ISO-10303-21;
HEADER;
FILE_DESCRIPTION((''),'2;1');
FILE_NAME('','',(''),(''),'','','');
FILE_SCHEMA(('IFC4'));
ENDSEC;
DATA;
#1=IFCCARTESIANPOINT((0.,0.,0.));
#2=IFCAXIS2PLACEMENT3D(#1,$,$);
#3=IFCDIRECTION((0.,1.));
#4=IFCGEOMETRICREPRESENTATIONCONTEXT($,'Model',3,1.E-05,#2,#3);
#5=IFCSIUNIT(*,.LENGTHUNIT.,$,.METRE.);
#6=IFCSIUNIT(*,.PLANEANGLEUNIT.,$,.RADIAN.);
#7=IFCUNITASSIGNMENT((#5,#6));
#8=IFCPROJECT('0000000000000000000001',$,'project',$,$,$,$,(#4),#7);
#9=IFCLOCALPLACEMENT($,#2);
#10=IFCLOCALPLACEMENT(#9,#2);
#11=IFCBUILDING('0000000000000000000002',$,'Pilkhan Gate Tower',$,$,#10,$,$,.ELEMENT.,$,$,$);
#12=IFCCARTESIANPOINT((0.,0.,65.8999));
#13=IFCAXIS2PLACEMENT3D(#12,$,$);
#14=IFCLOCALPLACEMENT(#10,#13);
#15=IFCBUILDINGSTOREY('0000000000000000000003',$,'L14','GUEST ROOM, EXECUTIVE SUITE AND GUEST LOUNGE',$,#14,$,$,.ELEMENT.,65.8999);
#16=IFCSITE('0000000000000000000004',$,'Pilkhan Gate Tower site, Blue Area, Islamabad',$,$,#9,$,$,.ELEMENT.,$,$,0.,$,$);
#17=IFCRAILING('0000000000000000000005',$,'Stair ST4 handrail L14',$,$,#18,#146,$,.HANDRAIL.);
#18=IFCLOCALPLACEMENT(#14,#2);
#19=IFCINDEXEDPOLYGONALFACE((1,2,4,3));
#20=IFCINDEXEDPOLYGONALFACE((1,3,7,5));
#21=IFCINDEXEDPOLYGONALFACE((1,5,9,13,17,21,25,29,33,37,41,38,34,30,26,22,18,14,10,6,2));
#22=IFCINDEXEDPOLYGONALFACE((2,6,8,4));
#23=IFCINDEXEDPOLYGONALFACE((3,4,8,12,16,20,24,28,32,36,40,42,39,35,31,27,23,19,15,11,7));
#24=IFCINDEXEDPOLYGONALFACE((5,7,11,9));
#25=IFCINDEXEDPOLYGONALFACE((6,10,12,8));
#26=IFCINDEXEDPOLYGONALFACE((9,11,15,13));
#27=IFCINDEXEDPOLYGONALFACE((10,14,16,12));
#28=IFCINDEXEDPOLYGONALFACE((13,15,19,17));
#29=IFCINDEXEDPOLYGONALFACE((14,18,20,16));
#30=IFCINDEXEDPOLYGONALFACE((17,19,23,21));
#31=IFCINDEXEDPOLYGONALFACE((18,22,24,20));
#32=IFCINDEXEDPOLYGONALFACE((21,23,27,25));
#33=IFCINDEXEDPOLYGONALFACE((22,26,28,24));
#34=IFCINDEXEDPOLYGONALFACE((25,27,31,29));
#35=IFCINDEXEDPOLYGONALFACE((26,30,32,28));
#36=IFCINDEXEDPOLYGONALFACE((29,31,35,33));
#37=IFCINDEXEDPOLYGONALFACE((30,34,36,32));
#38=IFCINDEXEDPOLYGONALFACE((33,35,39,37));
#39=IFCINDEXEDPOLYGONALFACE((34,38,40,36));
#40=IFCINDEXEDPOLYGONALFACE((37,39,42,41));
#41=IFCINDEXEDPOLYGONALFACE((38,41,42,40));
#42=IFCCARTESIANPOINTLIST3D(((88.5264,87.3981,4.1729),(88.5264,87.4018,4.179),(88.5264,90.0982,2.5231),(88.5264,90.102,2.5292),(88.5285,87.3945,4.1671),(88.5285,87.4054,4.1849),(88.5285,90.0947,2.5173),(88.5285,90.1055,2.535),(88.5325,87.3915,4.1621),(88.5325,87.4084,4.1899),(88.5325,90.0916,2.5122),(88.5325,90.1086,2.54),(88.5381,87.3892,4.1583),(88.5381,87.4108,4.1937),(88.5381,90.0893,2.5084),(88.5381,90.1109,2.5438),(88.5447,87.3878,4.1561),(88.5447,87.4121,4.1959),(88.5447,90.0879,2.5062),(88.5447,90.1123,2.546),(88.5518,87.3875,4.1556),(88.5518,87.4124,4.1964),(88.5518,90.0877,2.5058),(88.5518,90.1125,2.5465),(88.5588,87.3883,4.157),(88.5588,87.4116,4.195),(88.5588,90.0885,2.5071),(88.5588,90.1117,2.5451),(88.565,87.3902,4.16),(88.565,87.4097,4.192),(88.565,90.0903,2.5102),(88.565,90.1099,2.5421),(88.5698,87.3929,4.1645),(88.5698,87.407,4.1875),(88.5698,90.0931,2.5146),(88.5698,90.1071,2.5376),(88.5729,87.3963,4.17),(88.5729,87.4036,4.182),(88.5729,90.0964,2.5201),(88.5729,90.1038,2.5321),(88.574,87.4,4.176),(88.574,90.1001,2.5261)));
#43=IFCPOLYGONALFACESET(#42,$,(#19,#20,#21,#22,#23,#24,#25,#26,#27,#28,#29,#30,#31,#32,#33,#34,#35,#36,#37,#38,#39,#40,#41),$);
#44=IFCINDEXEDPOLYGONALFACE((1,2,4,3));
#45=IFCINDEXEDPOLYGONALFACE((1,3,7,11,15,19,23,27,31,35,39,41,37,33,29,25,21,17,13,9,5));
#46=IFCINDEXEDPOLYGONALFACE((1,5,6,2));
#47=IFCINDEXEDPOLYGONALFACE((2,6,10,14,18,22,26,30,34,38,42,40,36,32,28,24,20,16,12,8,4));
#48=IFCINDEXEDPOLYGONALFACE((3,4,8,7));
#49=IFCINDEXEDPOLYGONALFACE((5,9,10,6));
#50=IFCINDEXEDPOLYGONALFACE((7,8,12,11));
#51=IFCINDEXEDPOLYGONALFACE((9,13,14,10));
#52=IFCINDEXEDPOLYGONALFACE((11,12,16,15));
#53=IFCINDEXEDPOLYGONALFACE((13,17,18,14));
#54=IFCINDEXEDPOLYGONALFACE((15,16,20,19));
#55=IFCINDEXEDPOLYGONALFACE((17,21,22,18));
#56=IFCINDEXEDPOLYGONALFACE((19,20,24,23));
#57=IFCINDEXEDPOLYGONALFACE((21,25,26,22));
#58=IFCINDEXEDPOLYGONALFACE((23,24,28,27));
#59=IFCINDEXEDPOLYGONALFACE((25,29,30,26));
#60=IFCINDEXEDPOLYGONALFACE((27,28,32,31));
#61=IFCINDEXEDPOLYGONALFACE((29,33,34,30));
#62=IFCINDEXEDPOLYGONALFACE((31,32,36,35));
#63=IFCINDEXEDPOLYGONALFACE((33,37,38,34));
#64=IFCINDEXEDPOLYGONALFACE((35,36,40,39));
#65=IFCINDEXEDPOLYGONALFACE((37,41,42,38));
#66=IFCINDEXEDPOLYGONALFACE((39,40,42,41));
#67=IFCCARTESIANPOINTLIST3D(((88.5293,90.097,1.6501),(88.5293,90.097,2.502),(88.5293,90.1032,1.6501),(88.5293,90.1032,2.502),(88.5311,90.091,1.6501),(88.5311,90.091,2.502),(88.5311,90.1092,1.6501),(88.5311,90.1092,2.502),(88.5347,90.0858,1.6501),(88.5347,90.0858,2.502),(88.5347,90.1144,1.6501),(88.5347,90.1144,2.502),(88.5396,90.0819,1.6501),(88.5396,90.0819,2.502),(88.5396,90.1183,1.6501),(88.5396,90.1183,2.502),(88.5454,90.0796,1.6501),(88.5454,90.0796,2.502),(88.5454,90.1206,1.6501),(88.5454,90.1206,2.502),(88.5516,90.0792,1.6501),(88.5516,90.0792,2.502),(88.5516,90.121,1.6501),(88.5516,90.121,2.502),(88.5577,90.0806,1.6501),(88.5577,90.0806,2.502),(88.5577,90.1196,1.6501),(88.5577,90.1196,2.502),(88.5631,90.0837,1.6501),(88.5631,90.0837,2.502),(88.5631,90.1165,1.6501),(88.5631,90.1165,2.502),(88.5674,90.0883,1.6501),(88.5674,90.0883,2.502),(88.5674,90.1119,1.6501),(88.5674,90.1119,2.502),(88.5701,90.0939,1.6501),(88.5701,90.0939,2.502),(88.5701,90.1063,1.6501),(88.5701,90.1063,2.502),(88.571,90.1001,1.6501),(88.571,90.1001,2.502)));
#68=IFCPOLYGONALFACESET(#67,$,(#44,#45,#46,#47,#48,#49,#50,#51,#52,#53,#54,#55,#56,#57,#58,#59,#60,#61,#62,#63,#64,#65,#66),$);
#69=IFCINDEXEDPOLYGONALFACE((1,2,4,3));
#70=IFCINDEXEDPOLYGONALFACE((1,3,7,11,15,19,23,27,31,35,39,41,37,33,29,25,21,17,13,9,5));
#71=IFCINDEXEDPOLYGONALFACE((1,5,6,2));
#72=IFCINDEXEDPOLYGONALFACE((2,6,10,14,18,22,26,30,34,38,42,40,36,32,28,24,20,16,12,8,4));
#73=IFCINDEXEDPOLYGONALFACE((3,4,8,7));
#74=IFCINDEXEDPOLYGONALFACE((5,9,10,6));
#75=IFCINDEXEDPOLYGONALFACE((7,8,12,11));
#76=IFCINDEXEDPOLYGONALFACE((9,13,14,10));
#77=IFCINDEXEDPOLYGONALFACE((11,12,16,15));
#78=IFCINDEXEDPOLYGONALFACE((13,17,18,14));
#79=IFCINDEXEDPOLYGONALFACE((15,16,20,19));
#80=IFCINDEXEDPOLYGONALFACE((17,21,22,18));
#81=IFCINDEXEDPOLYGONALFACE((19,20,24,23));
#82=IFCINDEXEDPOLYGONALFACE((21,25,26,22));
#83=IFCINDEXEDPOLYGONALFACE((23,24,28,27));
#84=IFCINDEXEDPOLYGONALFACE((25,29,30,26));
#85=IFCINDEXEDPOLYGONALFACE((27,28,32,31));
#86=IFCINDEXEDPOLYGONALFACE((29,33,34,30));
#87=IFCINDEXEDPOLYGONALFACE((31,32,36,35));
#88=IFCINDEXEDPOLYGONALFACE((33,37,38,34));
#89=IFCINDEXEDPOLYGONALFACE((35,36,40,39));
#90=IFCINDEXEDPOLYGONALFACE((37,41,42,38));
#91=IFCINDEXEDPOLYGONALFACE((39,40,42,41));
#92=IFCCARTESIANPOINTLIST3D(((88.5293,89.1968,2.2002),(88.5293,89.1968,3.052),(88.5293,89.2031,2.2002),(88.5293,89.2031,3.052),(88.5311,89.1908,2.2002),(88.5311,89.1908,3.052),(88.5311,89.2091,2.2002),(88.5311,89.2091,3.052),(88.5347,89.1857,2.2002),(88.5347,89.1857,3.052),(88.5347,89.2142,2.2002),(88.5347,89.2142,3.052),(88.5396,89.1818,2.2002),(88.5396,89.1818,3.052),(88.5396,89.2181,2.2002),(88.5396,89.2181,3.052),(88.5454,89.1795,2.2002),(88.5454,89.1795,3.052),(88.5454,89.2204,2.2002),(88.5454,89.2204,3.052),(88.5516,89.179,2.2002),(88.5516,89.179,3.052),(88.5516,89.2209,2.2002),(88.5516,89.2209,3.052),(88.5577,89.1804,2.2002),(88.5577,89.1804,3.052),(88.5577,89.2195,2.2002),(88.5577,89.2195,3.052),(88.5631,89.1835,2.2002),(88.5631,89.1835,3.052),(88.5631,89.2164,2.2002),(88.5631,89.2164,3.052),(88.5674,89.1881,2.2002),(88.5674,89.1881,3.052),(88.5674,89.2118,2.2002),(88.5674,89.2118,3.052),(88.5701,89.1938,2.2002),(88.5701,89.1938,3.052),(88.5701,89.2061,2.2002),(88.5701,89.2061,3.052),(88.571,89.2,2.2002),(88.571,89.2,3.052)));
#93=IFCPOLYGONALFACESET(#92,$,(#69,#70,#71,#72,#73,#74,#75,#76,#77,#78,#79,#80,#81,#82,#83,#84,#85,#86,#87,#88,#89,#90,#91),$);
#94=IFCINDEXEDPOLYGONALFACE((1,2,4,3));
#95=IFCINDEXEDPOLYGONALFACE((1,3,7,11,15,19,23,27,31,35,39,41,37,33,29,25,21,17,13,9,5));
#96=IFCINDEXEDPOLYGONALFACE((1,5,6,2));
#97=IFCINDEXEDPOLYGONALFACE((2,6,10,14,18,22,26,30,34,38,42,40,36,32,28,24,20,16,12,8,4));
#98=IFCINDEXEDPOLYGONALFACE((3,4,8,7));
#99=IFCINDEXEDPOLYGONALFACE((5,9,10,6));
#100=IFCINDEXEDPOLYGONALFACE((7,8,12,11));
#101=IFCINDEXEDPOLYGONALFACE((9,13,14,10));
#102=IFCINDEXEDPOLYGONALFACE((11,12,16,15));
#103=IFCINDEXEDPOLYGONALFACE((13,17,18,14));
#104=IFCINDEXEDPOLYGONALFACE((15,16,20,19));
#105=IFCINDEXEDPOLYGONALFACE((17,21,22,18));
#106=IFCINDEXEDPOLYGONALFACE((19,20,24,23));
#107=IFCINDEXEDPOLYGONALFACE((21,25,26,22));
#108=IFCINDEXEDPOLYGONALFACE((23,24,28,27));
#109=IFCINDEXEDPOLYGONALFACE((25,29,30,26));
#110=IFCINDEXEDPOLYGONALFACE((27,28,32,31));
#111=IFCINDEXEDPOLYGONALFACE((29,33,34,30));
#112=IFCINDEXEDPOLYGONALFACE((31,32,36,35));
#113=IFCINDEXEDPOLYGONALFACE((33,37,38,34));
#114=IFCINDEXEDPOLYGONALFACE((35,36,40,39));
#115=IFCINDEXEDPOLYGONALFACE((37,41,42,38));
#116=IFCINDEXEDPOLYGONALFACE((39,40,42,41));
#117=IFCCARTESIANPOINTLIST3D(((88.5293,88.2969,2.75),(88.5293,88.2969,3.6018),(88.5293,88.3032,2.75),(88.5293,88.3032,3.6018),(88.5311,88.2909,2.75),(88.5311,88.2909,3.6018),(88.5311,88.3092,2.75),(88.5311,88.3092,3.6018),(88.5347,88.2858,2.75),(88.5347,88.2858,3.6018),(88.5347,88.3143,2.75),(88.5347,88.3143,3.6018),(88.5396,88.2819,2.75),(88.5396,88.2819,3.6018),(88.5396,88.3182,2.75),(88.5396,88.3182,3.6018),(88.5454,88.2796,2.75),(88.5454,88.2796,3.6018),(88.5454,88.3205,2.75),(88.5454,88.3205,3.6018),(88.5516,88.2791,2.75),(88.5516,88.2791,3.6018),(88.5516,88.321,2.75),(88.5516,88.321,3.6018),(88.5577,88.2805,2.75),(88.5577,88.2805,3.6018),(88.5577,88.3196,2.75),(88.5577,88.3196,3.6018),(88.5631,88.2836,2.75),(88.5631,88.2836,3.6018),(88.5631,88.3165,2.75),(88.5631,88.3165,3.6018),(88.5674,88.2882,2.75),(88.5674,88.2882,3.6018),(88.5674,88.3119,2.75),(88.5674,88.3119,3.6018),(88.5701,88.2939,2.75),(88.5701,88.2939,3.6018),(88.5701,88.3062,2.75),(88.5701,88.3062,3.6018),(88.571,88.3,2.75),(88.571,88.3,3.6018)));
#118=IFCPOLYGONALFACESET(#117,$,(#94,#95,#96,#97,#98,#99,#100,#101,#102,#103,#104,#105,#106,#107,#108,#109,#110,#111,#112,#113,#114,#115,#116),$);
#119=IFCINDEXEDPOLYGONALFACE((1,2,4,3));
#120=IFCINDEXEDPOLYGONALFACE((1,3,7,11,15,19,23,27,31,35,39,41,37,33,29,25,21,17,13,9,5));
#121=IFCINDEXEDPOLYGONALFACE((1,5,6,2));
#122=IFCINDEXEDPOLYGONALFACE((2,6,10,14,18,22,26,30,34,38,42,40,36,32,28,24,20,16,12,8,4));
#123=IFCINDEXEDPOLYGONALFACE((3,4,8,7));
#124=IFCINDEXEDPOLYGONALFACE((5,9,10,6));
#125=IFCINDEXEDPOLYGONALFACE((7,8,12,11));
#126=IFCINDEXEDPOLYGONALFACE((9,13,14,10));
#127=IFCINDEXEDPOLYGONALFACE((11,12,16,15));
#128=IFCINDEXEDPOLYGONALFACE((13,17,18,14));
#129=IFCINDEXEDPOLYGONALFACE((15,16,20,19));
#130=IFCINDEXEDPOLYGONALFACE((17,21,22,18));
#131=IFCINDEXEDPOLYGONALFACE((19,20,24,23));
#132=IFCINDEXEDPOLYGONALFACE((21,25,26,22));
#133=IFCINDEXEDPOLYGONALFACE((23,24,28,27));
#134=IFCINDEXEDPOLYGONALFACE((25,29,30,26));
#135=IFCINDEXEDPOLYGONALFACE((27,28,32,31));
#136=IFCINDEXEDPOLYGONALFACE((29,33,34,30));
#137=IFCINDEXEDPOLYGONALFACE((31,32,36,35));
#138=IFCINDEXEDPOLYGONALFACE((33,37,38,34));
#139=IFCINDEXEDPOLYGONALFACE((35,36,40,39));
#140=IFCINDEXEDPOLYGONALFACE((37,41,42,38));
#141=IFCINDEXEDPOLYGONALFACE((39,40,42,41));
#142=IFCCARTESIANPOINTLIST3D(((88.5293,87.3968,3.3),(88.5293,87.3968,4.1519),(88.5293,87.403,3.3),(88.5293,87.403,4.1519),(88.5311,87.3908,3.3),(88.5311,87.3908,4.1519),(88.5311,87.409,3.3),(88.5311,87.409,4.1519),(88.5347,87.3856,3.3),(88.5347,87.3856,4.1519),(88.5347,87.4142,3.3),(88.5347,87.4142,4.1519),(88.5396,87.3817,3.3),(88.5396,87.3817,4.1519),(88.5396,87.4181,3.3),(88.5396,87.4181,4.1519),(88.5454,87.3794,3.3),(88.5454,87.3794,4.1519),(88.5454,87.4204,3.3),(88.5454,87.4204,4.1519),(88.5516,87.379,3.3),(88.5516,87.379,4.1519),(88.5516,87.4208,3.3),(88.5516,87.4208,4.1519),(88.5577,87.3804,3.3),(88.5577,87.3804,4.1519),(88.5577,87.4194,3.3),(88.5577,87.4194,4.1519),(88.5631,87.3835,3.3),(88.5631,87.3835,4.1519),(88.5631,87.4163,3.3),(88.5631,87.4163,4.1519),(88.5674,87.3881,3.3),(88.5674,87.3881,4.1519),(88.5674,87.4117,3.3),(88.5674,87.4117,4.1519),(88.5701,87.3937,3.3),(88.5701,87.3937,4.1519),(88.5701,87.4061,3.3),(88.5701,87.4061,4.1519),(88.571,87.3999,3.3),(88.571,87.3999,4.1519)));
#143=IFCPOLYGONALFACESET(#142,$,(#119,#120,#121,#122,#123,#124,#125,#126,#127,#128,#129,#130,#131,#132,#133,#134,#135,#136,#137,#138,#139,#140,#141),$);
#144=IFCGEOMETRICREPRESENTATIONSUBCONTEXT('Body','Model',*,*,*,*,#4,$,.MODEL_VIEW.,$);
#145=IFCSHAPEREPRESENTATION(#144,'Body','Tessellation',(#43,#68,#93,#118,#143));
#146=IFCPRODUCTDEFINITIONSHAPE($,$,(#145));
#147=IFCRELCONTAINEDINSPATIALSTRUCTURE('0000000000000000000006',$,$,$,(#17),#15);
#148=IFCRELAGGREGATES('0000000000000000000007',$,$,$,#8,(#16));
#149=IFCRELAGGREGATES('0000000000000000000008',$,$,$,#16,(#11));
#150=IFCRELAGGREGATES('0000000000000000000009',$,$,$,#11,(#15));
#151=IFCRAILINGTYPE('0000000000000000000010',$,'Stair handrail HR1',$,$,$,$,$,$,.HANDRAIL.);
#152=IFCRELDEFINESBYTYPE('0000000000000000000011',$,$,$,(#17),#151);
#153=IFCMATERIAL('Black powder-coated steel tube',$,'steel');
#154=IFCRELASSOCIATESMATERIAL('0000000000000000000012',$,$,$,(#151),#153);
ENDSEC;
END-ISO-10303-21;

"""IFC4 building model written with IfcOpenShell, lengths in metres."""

from ifc_helpers import new_model, si_unit, direction, frame, origin, origin_2d, place, context, subcontext, project, spatial, circle, extrude, material, type_object, element, save


model = new_model("IFC4")

# Units and contexts
model_context = context("Model", 3, precision=1e-05, world=origin(), true_north=direction((0.0, 1.0)))
body_context = subcontext(model_context, "Body", "Model", "MODEL_VIEW")
ifc_project = project(units=[si_unit("LENGTHUNIT", "METRE"), si_unit("PLANEANGLEUNIT", "RADIAN")], contexts=[model_context])

# Site, building, storey
site_placement = place(None, origin())
site = spatial("IfcSite", under=ifc_project, at=site_placement, Name="Pilkhan Gate Tower site, Blue Area, Islamabad", CompositionType="ELEMENT", RefElevation=0.0)
building_placement = place(site_placement, origin())
building = spatial("IfcBuilding", under=site, at=building_placement, Name="Pilkhan Gate Tower", CompositionType="ELEMENT")
storey_placement = place(building_placement, frame((0.0, 0.0, 65.8999)))
storey = spatial("IfcBuildingStorey", under=building, at=storey_placement, Name="L14", Description="GUEST ROOM, EXECUTIVE SUITE AND GUEST LOUNGE", CompositionType="ELEMENT", Elevation=65.8999)

# Railing
ifc_material_1 = material(Name="Black powder-coated steel tube", Category="steel")
railing_type_1 = type_object("IfcRailingType", Name="Stair handrail HR1", PredefinedType="HANDRAIL", material=ifc_material_1)
railing_1_placement = place(storey_placement, frame((88.55, 90.1001, 1.6501)))
element("IfcRailing", 1, at=railing_1_placement, inside=storey, type_object=railing_type_1, Name="Stair ST4 handrail L14", PredefinedType="HANDRAIL", context=body_context, shape_type="SweptSolid", body=[
    extrude(circle(Radius=0.0239, at=origin_2d()), frame((0.0, 0.0, 0.876), z_axis=(0.0, -0.853312, 0.5214), x_axis=(1.0, 0.0, 0.0)), (0.0, 0.0, 1.0), 3.1643),
    extrude(circle(Radius=0.021, at=origin_2d()), origin(), (0.0, 0.0, 1.0), 0.8518),
    extrude(circle(Radius=0.021, at=origin_2d()), frame((0.0, -0.9001, 0.55)), (0.0, 0.0, 1.0), 0.8518),
    extrude(circle(Radius=0.021, at=origin_2d()), frame((0.0, -1.8, 1.0999)), (0.0, 0.0, 1.0), 0.8518),
    extrude(circle(Radius=0.021, at=origin_2d()), frame((0.0, -2.7002, 1.6499)), (0.0, 0.0, 1.0), 0.8518),
])

save(model, "model.ifc")
